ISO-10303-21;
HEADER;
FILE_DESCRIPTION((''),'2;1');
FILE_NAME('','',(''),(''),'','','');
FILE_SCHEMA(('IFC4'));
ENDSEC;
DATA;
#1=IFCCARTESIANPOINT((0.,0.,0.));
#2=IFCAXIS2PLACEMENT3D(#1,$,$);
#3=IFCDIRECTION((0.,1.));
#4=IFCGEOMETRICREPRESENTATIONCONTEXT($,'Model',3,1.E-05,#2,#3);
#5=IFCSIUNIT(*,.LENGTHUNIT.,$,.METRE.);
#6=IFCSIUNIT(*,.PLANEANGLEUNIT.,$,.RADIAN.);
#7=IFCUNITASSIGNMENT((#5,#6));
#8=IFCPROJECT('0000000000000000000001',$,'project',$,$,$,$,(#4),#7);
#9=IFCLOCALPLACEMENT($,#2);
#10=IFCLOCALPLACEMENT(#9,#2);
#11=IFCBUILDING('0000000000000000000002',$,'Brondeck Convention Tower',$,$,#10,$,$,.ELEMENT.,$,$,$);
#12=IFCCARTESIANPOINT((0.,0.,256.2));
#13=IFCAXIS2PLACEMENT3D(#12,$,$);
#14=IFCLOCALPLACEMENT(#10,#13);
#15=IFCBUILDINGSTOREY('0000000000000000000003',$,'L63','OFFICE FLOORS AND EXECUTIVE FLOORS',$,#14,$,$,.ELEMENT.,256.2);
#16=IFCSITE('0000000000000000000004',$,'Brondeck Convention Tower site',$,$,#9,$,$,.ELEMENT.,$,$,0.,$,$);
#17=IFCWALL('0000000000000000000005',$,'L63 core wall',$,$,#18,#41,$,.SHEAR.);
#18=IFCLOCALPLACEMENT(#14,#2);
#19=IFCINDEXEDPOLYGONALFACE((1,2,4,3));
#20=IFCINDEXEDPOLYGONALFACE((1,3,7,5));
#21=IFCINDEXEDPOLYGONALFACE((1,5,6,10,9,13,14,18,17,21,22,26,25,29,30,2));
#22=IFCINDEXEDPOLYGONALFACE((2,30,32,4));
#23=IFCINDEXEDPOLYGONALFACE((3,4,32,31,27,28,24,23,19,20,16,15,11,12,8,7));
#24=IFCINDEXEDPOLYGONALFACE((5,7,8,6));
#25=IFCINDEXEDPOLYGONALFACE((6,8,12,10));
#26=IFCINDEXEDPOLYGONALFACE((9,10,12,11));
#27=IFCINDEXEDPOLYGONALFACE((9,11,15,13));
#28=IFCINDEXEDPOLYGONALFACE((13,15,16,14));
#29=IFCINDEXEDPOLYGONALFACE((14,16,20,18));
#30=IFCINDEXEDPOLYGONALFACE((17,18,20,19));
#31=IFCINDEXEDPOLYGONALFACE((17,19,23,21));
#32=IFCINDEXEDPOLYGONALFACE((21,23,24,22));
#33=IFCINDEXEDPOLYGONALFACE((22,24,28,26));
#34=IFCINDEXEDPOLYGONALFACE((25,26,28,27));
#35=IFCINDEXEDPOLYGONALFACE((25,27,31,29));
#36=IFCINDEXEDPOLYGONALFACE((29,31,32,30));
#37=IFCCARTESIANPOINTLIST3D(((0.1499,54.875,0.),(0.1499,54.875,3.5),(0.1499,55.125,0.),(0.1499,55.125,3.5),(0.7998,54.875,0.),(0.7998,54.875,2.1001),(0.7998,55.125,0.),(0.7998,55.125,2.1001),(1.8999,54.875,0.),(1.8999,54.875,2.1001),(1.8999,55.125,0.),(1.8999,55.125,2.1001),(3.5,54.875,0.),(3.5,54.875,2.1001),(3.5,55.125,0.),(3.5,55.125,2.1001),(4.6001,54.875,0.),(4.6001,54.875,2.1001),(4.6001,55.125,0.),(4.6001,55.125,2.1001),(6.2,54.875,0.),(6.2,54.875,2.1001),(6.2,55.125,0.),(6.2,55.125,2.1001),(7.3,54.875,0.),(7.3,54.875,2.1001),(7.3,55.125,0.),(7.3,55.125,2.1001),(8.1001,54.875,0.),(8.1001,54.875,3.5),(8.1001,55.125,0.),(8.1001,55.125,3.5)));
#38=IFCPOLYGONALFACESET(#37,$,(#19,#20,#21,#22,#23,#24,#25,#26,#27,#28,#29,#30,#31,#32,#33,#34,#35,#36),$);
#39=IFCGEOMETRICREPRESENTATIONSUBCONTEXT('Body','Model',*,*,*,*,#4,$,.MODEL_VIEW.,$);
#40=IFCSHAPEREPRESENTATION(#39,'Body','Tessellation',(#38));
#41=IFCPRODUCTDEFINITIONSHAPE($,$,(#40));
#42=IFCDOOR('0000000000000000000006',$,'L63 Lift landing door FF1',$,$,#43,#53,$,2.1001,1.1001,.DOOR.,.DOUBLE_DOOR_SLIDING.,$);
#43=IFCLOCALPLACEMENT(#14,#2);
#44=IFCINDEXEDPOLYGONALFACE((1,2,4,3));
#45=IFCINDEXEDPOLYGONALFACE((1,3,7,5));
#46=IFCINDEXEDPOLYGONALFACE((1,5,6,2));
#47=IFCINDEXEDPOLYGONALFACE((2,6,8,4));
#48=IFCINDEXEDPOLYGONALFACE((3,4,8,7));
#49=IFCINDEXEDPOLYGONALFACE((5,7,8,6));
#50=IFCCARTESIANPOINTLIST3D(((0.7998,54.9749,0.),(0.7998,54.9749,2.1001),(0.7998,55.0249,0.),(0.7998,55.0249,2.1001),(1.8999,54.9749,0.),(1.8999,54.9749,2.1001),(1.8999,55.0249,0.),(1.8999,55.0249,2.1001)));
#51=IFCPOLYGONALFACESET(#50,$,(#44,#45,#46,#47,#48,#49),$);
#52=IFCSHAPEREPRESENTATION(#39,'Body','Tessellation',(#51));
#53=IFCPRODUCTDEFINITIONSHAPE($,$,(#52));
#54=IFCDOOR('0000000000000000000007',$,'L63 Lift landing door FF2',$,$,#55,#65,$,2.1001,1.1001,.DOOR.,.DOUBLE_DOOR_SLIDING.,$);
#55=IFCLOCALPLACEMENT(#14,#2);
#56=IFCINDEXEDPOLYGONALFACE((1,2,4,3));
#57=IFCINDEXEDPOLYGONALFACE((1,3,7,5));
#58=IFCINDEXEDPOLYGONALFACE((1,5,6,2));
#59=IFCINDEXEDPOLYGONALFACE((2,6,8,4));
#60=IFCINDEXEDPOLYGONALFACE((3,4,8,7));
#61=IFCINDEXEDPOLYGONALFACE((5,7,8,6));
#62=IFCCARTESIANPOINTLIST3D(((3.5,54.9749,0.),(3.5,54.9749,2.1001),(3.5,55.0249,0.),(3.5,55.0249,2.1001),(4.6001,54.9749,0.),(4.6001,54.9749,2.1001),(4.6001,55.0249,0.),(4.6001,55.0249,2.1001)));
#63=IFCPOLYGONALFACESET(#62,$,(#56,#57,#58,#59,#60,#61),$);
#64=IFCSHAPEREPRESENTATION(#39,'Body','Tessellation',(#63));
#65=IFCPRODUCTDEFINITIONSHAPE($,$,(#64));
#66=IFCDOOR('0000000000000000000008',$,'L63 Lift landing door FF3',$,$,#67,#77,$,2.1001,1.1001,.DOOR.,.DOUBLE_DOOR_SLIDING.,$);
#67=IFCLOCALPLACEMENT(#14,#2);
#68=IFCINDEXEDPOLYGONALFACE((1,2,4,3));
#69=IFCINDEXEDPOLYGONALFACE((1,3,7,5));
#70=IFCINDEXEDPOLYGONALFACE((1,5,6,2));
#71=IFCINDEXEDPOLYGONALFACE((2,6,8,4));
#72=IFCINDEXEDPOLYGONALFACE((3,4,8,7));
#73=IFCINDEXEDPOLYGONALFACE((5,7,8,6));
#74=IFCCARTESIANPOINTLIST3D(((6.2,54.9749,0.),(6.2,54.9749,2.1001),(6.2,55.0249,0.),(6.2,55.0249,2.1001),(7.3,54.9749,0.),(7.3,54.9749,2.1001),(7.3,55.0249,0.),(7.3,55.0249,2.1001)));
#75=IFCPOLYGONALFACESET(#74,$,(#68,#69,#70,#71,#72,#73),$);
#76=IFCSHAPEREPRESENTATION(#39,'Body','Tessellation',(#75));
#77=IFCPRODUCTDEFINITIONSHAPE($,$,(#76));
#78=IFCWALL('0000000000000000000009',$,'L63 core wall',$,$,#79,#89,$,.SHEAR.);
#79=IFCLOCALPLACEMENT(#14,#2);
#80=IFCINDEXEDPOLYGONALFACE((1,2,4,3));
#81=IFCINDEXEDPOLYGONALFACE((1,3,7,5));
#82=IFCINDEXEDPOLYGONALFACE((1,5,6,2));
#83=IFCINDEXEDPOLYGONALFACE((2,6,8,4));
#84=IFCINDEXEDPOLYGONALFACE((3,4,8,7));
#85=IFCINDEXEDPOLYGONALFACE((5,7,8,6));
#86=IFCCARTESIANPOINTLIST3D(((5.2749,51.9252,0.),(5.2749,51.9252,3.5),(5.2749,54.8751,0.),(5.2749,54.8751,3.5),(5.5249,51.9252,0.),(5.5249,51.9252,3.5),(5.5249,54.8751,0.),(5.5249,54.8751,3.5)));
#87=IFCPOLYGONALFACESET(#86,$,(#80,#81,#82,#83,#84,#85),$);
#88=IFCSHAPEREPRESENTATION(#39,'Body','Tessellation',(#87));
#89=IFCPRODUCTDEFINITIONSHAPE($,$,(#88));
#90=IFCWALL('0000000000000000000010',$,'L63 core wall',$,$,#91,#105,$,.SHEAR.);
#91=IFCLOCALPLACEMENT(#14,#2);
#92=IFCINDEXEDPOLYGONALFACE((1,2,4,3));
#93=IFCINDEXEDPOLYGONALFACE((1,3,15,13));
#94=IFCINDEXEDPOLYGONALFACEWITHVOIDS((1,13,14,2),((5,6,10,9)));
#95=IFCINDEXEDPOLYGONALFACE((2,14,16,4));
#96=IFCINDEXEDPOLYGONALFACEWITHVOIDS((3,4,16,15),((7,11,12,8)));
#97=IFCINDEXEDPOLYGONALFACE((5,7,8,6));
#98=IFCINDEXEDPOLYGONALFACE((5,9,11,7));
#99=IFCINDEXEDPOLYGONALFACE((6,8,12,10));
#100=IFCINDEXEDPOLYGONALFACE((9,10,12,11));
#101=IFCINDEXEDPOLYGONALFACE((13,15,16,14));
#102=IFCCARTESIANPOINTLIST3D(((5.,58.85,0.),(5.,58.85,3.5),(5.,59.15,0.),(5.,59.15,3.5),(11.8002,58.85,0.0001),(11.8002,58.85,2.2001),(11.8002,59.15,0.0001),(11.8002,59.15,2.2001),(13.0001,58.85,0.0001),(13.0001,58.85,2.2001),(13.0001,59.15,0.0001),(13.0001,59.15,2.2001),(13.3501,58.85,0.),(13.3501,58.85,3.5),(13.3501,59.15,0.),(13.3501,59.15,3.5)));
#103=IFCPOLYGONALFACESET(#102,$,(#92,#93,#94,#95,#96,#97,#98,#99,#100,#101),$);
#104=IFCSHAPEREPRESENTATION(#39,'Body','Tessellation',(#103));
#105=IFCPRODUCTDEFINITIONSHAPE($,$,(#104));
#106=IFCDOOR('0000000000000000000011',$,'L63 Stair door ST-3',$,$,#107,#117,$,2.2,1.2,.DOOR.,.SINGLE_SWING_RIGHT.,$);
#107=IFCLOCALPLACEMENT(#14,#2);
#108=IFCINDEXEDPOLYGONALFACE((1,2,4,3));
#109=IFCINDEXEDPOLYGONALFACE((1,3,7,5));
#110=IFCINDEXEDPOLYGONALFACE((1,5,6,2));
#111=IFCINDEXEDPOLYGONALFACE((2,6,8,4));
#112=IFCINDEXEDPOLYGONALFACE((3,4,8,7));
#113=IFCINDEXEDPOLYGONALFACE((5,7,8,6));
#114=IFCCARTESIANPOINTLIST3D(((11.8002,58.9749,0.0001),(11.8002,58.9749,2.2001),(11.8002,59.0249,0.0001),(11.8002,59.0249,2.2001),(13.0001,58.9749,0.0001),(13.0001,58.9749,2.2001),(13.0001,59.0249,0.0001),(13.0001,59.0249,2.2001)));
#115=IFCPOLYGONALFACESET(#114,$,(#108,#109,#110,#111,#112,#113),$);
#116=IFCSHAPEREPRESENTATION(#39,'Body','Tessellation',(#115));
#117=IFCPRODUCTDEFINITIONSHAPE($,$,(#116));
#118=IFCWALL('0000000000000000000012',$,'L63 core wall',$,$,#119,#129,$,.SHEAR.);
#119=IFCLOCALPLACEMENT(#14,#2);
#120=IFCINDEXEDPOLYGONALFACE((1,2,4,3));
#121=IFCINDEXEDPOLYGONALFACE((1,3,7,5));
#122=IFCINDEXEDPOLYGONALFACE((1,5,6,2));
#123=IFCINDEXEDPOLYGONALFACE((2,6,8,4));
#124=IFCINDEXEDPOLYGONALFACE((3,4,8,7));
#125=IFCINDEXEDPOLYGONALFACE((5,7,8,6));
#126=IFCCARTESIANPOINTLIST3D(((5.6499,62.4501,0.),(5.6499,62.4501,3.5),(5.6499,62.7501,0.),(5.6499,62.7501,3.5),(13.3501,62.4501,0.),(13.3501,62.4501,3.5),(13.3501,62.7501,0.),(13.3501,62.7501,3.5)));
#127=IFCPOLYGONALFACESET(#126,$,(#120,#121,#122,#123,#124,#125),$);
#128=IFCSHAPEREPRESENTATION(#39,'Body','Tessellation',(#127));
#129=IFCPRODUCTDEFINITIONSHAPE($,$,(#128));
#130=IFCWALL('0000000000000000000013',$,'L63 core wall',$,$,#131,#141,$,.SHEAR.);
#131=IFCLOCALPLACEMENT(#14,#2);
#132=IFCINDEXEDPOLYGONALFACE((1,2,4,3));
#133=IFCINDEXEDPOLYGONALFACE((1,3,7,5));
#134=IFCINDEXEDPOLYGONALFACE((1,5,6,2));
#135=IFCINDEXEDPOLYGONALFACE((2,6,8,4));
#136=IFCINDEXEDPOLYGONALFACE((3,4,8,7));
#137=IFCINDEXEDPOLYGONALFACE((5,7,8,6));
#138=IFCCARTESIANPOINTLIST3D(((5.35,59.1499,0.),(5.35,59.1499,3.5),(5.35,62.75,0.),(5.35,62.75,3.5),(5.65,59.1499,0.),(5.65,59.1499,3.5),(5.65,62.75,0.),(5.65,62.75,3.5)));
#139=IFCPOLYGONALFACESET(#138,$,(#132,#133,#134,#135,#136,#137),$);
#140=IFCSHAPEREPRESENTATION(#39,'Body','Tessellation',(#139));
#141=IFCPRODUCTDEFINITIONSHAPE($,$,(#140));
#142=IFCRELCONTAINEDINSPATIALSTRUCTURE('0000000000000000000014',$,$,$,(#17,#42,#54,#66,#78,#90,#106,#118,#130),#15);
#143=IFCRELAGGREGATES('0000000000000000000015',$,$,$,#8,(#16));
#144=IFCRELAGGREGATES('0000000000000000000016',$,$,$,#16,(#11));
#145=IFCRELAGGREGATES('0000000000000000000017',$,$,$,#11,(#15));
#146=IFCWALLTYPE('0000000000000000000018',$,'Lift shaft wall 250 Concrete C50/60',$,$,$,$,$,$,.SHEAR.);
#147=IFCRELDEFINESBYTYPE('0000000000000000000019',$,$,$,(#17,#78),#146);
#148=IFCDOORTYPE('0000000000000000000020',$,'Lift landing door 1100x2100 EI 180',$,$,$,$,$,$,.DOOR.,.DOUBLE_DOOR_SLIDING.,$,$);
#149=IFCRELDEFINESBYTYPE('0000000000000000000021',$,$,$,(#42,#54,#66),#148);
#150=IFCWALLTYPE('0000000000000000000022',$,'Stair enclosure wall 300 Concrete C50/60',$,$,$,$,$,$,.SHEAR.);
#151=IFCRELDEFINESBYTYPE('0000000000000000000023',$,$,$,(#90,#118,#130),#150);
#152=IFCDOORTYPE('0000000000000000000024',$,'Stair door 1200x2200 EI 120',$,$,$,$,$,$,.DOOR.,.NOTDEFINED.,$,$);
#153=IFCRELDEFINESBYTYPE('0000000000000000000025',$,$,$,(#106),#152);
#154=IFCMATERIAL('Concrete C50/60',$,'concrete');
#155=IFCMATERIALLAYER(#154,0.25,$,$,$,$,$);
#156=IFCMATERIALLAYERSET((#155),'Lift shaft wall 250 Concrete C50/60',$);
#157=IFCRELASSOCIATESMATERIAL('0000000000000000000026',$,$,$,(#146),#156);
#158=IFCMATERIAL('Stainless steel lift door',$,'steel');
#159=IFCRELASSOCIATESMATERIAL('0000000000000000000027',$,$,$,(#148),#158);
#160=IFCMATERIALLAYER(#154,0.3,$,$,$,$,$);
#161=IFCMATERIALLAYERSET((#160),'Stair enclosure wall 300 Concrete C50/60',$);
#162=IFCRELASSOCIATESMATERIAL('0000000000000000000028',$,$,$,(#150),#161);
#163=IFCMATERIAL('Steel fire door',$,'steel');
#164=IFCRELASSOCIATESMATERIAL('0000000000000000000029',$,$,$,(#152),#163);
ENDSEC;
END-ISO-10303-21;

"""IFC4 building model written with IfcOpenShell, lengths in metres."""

from ifc_helpers import new_model, si_unit, direction, frame, frame_2d, origin, place, context, subcontext, project, spatial, rectangle, extrude, material, layer, layer_set, type_object, element, fill, save


model = new_model("IFC4")

# Units and contexts
model_context = context("Model", 3, precision=1e-05, world=origin(), true_north=direction((0.0, 1.0)))
body_context = subcontext(model_context, "Body", "Model", "MODEL_VIEW")
ifc_project = project(units=[si_unit("LENGTHUNIT", "METRE"), si_unit("PLANEANGLEUNIT", "RADIAN")], contexts=[model_context])

# Site, building, storey
site_placement = place(None, origin())
site = spatial("IfcSite", under=ifc_project, at=site_placement, Name="Brondeck Convention Tower site", CompositionType="ELEMENT", RefElevation=0.0)
building_placement = place(site_placement, origin())
building = spatial("IfcBuilding", under=site, at=building_placement, Name="Brondeck Convention Tower", CompositionType="ELEMENT")
storey_placement = place(building_placement, frame((0.0, 0.0, 256.2)))
storey = spatial("IfcBuildingStorey", under=building, at=storey_placement, Name="L63", Description="OFFICE FLOORS AND EXECUTIVE FLOORS", CompositionType="ELEMENT", Elevation=256.2)

# Shared definitions
ifc_material_1 = material(Name="Concrete C50/60", Category="concrete")

# Wall, openings, doors
ifc_layer_1 = layer(ifc_material_1, 0.25)
ifc_layer_set_1 = layer_set([ifc_layer_1], Name="Lift shaft wall 250 Concrete C50/60")
wall_type_1 = type_object("IfcWallType", Name="Lift shaft wall 250 Concrete C50/60", PredefinedType="SHEAR", material=ifc_layer_set_1)
wall_1_placement = place(storey_placement, frame((0.1499, 55.0, 0.0), z_axis=(0.0, 0.0, 1.0), x_axis=(1.0, 0.0, 0.0)))
wall_1 = element("IfcWall", 1, at=wall_1_placement, inside=storey, type_object=wall_type_1, Name="L63 core wall", PredefinedType="SHEAR", context=body_context, shape_type="SweptSolid", body=[
    extrude(rectangle(XDim=7.9502, YDim=0.25, at=frame_2d((3.9751, 0.0))), origin(), (0.0, 0.0, 1.0), 3.5),
])
opening_1_placement = place(wall_1_placement, frame((0.6499, 0.0, 0.0)))
opening_1 = element("IfcOpeningElement", 2, at=opening_1_placement, cuts=wall_1, PredefinedType="OPENING", context=body_context, shape_type="SweptSolid", body=[
    extrude(rectangle(XDim=1.1001, YDim=2.1001, at=frame_2d((0.55, 1.05))), frame((0.0, 0.135, 0.0), z_axis=(0.0, -1.0, 0.0), x_axis=(1.0, 0.0, 0.0)), (0.0, 0.0, 1.0), 0.27),
])
opening_2_placement = place(wall_1_placement, frame((3.3501, 0.0, 0.0)))
opening_2 = element("IfcOpeningElement", 3, at=opening_2_placement, cuts=wall_1, PredefinedType="OPENING", context=body_context, shape_type="SweptSolid", body=[
    extrude(rectangle(XDim=1.1001, YDim=2.1001, at=frame_2d((0.55, 1.05))), frame((0.0, 0.135, 0.0), z_axis=(0.0, -1.0, 0.0), x_axis=(1.0, 0.0, 0.0)), (0.0, 0.0, 1.0), 0.27),
])
opening_3_placement = place(wall_1_placement, frame((6.05, 0.0, 0.0)))
opening_3 = element("IfcOpeningElement", 4, at=opening_3_placement, cuts=wall_1, PredefinedType="OPENING", context=body_context, shape_type="SweptSolid", body=[
    extrude(rectangle(XDim=1.1001, YDim=2.1001, at=frame_2d((0.55, 1.05))), frame((0.0, 0.135, 0.0), z_axis=(0.0, -1.0, 0.0), x_axis=(1.0, 0.0, 0.0)), (0.0, 0.0, 1.0), 0.27),
])
ifc_material_2 = material(Name="Stainless steel lift door", Category="steel")
door_type_1 = type_object("IfcDoorType", Name="Lift landing door 1100x2100 EI 180", OperationType="DOUBLE_DOOR_SLIDING", PredefinedType="DOOR", material=ifc_material_2)
door_1_placement = place(opening_1_placement, origin())
door_1 = element("IfcDoor", 5, at=door_1_placement, inside=storey, type_object=door_type_1, Name="L63 Lift landing door FF1", OperationType="DOUBLE_DOOR_SLIDING", OverallHeight=2.1001, OverallWidth=1.1001, PredefinedType="DOOR", context=body_context, shape_type="SweptSolid", body=[
    extrude(rectangle(XDim=1.1001, YDim=2.1001, at=frame_2d((0.55, 1.05))), frame((0.0, 0.0249, 0.0), z_axis=(0.0, -1.0, 0.0), x_axis=(1.0, 0.0, 0.0)), (0.0, 0.0, 1.0), 0.05),
])
fill(opening_1, door_1)
door_2_placement = place(opening_2_placement, origin())
door_2 = element("IfcDoor", 6, at=door_2_placement, inside=storey, type_object=door_type_1, Name="L63 Lift landing door FF2", OperationType="DOUBLE_DOOR_SLIDING", OverallHeight=2.1001, OverallWidth=1.1001, PredefinedType="DOOR", context=body_context, shape_type="SweptSolid", body=[
    extrude(rectangle(XDim=1.1001, YDim=2.1001, at=frame_2d((0.55, 1.05))), frame((0.0, 0.0249, 0.0), z_axis=(0.0, -1.0, 0.0), x_axis=(1.0, 0.0, 0.0)), (0.0, 0.0, 1.0), 0.05),
])
fill(opening_2, door_2)
door_3_placement = place(opening_3_placement, origin())
door_3 = element("IfcDoor", 7, at=door_3_placement, inside=storey, type_object=door_type_1, Name="L63 Lift landing door FF3", OperationType="DOUBLE_DOOR_SLIDING", OverallHeight=2.1001, OverallWidth=1.1001, PredefinedType="DOOR", context=body_context, shape_type="SweptSolid", body=[
    extrude(rectangle(XDim=1.1001, YDim=2.1001, at=frame_2d((0.55, 1.05))), frame((0.0, 0.0249, 0.0), z_axis=(0.0, -1.0, 0.0), x_axis=(1.0, 0.0, 0.0)), (0.0, 0.0, 1.0), 0.05),
])
fill(opening_3, door_3)

# Wall
wall_2_placement = place(storey_placement, frame((5.3999, 51.925, 0.0), z_axis=(0.0, 0.0, 1.0), x_axis=(0.0, 1.0, 0.0)))
element("IfcWall", 8, at=wall_2_placement, inside=storey, type_object=wall_type_1, Name="L63 core wall", PredefinedType="SHEAR", context=body_context, shape_type="SweptSolid", body=[
    extrude(rectangle(XDim=2.95, YDim=0.25, at=frame_2d((1.4751, 0.0))), origin(), (0.0, 0.0, 1.0), 3.5),
])

# Wall, opening, door
ifc_layer_2 = layer(ifc_material_1, 0.3)
ifc_layer_set_2 = layer_set([ifc_layer_2], Name="Stair enclosure wall 300 Concrete C50/60")
wall_type_2 = type_object("IfcWallType", Name="Stair enclosure wall 300 Concrete C50/60", PredefinedType="SHEAR", material=ifc_layer_set_2)
wall_3_placement = place(storey_placement, frame((5.0, 59.0, 0.0), z_axis=(0.0, 0.0, 1.0), x_axis=(1.0, 0.0, 0.0)))
wall_3 = element("IfcWall", 9, at=wall_3_placement, inside=storey, type_object=wall_type_2, Name="L63 core wall", PredefinedType="SHEAR", context=body_context, shape_type="SweptSolid", body=[
    extrude(rectangle(XDim=8.3501, YDim=0.3, at=frame_2d((4.175, 0.0))), origin(), (0.0, 0.0, 1.0), 3.5),
])
opening_4_placement = place(wall_3_placement, frame((6.8, 0.0, 0.0)))
opening_4 = element("IfcOpeningElement", 10, at=opening_4_placement, cuts=wall_3, PredefinedType="OPENING", context=body_context, shape_type="SweptSolid", body=[
    extrude(rectangle(XDim=1.2, YDim=2.2, at=frame_2d((0.6001, 1.1001))), frame((0.0, 0.1599, 0.0), z_axis=(0.0, -1.0, 0.0), x_axis=(1.0, 0.0, 0.0)), (0.0, 0.0, 1.0), 0.3201),
])
ifc_material_3 = material(Name="Steel fire door", Category="steel")
door_type_2 = type_object("IfcDoorType", Name="Stair door 1200x2200 EI 120", OperationType="NOTDEFINED", PredefinedType="DOOR", material=ifc_material_3)
door_4_placement = place(opening_4_placement, origin())
door_4 = element("IfcDoor", 11, at=door_4_placement, inside=storey, type_object=door_type_2, Name="L63 Stair door ST-3", OperationType="SINGLE_SWING_RIGHT", OverallHeight=2.2, OverallWidth=1.2, PredefinedType="DOOR", context=body_context, shape_type="SweptSolid", body=[
    extrude(rectangle(XDim=1.2, YDim=2.2, at=frame_2d((0.6001, 1.1001))), frame((0.0, 0.0249, 0.0), z_axis=(0.0, -1.0, 0.0), x_axis=(1.0, 0.0, 0.0)), (0.0, 0.0, 1.0), 0.05),
])
fill(opening_4, door_4)

# Walls
wall_4_placement = place(storey_placement, frame((5.6499, 62.6001, 0.0), z_axis=(0.0, 0.0, 1.0), x_axis=(1.0, 0.0, 0.0)))
element("IfcWall", 12, at=wall_4_placement, inside=storey, type_object=wall_type_2, Name="L63 core wall", PredefinedType="SHEAR", context=body_context, shape_type="SweptSolid", body=[
    extrude(rectangle(XDim=7.7002, YDim=0.3, at=frame_2d((3.8501, 0.0))), origin(), (0.0, 0.0, 1.0), 3.5),
])
wall_5_placement = place(storey_placement, frame((5.5, 59.1499, 0.0), z_axis=(0.0, 0.0, 1.0), x_axis=(0.0, 1.0, 0.0)))
element("IfcWall", 13, at=wall_5_placement, inside=storey, type_object=wall_type_2, Name="L63 core wall", PredefinedType="SHEAR", context=body_context, shape_type="SweptSolid", body=[
    extrude(rectangle(XDim=3.6001, YDim=0.3, at=frame_2d((1.8, 0.0))), origin(), (0.0, 0.0, 1.0), 3.5),
])

save(model, "model.ifc")
